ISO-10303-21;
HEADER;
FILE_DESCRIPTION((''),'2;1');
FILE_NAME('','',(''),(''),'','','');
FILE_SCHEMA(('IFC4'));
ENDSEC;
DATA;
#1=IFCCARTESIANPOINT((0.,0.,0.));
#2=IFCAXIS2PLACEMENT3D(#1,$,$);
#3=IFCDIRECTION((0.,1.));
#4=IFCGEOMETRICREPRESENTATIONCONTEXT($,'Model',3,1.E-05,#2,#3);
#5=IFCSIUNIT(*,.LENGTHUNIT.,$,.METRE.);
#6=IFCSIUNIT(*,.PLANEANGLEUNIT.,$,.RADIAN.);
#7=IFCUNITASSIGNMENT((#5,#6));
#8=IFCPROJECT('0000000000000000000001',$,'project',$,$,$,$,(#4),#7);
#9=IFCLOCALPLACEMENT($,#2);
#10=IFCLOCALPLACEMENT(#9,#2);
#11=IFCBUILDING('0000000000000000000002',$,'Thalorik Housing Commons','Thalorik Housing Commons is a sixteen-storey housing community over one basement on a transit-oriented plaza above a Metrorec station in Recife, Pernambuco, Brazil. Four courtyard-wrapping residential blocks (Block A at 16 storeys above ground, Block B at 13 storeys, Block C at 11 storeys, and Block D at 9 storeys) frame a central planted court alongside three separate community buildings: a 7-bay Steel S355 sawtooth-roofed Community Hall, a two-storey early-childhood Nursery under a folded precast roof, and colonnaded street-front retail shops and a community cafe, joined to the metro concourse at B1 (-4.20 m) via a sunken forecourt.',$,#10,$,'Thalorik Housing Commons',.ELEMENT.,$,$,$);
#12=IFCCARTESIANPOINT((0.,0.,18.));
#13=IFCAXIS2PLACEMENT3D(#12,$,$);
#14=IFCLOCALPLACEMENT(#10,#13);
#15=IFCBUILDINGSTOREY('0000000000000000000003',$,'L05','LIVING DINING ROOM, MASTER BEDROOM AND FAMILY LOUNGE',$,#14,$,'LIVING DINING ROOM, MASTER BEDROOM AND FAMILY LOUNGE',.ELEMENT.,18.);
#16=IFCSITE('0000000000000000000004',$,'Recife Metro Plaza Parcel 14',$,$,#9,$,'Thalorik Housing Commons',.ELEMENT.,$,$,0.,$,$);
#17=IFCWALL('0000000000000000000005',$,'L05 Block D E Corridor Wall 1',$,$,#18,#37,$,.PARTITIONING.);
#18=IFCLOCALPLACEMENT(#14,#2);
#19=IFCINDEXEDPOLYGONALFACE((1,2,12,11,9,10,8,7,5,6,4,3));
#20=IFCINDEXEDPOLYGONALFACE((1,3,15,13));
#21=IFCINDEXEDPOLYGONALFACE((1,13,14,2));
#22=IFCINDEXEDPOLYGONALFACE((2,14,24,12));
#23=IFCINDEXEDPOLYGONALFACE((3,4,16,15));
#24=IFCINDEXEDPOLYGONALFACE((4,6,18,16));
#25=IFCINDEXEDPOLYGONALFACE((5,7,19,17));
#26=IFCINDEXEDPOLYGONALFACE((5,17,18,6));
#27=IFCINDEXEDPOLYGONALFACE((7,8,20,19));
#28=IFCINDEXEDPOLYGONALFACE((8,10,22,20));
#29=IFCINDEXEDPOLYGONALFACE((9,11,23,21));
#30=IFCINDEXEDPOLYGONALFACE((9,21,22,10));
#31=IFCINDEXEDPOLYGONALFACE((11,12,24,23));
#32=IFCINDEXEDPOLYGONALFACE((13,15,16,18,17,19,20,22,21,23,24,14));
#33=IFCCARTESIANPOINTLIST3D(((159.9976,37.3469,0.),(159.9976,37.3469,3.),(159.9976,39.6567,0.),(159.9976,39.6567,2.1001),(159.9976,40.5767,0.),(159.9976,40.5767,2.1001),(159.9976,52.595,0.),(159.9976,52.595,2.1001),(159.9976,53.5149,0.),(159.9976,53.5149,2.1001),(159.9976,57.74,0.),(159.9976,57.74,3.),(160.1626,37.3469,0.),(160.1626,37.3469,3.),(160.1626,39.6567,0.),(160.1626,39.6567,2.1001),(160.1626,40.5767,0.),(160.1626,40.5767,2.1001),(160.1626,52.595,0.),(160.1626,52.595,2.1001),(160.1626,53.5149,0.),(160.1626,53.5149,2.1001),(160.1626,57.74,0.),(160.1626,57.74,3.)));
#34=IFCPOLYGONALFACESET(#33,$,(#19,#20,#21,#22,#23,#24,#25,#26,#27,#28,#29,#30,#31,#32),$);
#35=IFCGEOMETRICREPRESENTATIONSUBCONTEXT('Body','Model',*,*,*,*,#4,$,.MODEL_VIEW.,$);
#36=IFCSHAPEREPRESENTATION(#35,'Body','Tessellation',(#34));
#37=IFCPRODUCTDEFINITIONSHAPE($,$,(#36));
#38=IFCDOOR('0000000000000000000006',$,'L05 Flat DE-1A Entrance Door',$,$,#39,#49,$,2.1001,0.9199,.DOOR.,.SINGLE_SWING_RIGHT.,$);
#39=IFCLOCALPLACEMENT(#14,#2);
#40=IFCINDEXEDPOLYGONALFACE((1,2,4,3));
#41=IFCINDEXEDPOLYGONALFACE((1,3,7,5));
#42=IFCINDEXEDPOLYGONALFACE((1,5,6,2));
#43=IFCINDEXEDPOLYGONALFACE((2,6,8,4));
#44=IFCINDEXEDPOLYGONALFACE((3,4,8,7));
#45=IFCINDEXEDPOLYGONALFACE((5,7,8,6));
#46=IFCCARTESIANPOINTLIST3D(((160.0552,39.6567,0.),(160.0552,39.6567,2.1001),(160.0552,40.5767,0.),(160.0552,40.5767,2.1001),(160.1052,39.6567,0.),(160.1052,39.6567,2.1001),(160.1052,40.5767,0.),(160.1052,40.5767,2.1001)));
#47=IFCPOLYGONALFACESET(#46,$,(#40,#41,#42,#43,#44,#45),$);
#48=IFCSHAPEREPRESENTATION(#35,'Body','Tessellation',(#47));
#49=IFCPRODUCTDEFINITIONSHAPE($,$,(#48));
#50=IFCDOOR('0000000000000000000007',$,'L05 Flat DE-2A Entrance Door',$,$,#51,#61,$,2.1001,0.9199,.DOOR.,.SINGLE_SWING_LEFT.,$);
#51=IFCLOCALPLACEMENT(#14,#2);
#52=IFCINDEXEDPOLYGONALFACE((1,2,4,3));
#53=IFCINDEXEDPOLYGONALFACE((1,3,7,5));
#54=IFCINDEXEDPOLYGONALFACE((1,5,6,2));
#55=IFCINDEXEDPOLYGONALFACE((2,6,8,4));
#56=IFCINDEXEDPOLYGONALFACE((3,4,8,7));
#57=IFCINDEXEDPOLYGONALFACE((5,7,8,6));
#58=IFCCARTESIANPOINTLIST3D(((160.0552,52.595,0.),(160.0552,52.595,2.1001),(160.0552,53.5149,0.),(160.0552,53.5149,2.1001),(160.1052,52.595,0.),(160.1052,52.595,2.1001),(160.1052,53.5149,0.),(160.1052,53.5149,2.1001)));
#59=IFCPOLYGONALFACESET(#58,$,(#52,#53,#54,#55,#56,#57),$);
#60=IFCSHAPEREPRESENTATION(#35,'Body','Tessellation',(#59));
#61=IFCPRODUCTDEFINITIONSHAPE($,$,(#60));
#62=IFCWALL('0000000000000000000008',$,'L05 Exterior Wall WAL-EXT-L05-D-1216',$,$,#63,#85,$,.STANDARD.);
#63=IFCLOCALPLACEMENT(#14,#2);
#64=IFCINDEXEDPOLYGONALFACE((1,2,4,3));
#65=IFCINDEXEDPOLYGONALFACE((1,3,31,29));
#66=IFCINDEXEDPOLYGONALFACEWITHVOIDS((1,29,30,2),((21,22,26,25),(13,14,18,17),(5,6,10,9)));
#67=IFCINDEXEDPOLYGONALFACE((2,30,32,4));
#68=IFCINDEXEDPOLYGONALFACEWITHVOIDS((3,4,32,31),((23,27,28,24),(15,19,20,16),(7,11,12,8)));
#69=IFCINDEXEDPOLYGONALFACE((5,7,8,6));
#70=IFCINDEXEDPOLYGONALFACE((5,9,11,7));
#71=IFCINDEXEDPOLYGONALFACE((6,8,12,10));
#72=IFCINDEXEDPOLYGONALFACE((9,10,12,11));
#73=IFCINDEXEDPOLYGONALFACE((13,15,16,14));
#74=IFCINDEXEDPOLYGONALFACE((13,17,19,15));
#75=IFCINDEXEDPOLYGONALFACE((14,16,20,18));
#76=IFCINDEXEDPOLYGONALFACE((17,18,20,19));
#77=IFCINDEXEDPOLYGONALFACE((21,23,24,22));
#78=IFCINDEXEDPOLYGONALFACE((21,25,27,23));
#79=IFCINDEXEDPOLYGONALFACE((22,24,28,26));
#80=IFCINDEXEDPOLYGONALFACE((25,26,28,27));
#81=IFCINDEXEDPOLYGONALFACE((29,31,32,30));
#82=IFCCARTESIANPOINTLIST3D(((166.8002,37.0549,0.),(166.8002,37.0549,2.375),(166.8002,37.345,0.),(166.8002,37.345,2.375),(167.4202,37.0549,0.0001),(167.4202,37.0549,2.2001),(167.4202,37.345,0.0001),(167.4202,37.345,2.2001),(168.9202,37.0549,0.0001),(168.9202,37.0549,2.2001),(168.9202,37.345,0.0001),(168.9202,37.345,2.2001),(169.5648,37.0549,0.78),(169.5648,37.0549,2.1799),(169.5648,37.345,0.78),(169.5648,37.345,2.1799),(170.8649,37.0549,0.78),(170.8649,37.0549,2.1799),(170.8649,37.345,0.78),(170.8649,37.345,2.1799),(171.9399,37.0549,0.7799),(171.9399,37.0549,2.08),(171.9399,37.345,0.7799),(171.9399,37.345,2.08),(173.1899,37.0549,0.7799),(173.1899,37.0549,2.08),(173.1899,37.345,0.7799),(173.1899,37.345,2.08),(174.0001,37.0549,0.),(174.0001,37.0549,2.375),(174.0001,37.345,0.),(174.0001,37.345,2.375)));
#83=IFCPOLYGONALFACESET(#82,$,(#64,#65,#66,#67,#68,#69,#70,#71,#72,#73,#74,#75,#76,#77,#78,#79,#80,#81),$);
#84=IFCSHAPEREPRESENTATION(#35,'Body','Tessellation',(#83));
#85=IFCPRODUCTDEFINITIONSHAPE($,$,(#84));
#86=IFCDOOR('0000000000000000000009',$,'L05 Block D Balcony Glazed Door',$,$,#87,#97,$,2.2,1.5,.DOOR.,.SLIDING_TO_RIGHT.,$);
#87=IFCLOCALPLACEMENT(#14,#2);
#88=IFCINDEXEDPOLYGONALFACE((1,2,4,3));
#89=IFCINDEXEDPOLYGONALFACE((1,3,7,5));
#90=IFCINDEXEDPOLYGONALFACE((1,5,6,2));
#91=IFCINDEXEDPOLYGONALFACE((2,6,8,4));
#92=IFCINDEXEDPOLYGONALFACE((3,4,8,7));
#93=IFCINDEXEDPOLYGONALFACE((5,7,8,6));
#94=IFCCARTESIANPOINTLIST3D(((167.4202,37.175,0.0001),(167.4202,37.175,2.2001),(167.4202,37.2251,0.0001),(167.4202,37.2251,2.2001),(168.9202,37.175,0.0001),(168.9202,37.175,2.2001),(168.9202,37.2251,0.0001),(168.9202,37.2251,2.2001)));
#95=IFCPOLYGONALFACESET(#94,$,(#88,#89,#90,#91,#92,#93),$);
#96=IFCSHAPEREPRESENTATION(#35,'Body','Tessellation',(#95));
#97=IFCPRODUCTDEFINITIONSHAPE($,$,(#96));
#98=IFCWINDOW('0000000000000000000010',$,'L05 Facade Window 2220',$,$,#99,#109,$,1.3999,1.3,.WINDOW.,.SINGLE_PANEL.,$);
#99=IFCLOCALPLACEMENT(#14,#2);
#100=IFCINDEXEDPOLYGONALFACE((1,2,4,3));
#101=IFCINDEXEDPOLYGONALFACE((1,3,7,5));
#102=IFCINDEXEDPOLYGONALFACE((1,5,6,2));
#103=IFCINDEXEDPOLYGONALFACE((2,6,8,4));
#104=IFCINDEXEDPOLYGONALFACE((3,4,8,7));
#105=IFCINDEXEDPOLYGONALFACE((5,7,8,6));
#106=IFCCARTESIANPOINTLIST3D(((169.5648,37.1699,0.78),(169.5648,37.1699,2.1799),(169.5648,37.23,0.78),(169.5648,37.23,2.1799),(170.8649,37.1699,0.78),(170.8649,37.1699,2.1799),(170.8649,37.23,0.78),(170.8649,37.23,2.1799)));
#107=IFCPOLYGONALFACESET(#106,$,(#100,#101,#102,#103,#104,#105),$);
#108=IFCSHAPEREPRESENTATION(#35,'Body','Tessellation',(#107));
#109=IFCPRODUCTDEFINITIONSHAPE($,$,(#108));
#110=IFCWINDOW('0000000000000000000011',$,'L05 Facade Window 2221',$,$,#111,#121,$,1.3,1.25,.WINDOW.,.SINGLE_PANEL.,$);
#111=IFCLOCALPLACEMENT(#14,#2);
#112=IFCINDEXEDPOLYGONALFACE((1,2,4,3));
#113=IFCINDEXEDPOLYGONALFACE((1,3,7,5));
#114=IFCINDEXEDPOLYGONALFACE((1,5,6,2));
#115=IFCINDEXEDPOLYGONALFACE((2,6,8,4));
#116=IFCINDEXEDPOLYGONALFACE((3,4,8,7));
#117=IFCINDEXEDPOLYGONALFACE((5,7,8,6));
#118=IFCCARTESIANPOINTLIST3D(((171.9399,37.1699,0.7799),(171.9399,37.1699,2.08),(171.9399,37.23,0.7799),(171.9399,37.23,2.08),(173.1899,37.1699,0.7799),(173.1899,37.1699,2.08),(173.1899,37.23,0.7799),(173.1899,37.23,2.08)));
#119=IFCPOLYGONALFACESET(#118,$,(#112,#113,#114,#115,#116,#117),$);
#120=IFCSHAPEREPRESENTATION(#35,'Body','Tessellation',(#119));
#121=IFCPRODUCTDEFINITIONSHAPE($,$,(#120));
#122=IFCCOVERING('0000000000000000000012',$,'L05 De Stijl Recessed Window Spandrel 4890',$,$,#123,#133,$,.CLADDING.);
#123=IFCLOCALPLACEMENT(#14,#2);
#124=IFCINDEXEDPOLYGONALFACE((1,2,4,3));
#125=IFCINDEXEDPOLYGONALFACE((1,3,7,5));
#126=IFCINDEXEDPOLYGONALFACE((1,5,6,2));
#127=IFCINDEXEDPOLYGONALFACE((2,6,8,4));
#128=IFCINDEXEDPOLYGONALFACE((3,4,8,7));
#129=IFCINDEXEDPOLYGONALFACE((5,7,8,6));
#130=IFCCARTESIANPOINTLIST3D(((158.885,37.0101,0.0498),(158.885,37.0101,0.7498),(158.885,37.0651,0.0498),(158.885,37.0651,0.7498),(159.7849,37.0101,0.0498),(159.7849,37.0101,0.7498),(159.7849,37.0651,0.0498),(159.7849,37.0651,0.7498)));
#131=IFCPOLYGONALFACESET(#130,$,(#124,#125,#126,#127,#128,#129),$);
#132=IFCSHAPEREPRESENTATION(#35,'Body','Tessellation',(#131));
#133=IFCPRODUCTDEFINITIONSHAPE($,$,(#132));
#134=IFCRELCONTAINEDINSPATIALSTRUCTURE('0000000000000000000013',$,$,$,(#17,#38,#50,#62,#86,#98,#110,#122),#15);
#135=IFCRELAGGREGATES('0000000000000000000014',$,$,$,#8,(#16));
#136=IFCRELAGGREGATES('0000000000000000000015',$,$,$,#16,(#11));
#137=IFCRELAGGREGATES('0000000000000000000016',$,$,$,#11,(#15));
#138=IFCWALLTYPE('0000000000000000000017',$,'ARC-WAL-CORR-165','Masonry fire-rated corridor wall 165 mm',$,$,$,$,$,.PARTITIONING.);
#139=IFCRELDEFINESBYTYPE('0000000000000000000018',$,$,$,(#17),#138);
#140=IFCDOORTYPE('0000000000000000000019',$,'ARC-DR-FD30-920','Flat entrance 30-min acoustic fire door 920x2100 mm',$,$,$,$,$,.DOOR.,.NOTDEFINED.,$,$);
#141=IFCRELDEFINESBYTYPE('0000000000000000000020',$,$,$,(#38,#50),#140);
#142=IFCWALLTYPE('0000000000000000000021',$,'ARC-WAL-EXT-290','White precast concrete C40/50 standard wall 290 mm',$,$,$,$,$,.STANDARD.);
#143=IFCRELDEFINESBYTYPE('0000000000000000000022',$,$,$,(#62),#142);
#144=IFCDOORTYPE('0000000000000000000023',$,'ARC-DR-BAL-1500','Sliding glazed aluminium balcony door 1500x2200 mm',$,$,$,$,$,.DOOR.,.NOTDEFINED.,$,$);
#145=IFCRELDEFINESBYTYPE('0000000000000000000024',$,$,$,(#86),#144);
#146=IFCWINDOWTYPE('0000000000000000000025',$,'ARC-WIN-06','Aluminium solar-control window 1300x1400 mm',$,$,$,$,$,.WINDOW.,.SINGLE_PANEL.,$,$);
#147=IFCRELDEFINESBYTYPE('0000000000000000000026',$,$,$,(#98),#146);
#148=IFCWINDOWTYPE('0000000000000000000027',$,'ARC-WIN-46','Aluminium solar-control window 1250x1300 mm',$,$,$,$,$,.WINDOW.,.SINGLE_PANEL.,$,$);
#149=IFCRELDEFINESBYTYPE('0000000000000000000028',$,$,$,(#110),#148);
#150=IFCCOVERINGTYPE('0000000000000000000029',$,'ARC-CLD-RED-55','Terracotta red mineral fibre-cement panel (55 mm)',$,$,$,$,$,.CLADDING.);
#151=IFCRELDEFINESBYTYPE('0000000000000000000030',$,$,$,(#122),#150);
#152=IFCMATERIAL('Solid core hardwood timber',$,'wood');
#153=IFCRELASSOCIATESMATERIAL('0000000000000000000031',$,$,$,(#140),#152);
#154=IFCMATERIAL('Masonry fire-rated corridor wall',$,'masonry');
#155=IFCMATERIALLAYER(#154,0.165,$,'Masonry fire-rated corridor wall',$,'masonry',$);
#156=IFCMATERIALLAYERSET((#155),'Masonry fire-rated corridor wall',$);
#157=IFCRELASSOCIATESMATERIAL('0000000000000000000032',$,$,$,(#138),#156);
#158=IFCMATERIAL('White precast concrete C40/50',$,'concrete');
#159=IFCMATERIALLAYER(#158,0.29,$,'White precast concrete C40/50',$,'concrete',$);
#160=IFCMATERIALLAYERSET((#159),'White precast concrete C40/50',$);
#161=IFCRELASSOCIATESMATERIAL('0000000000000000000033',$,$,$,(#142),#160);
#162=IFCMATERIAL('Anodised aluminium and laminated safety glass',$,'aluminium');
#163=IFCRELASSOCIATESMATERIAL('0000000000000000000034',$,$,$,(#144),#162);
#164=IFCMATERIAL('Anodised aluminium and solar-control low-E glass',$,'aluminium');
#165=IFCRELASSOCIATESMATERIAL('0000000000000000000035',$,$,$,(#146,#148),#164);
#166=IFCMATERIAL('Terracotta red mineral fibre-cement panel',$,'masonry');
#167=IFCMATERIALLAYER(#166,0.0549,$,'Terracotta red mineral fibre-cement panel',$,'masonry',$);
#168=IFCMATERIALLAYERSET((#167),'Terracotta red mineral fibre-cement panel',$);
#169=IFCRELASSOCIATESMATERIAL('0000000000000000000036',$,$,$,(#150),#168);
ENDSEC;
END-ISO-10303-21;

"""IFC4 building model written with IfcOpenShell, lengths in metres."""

from ifc_helpers import new_model, si_unit, direction, frame, frame_2d, origin, origin_2d, place, context, subcontext, project, spatial, rectangle, extrude, material, layer, layer_set, type_object, element, fill, save


model = new_model("IFC4")

# Units and contexts
model_context = context("Model", 3, precision=1e-05, world=origin(), true_north=direction((0.0, 1.0)))
body_context = subcontext(model_context, "Body", "Model", "MODEL_VIEW")
ifc_project = project(units=[si_unit("LENGTHUNIT", "METRE"), si_unit("PLANEANGLEUNIT", "RADIAN")], contexts=[model_context])

# Site, building, storey
site_placement = place(None, origin())
site = spatial("IfcSite", under=ifc_project, at=site_placement, Name="Recife Metro Plaza Parcel 14", LongName="Thalorik Housing Commons", CompositionType="ELEMENT", RefElevation=0.0)
building_placement = place(site_placement, origin())
building = spatial("IfcBuilding", under=site, at=building_placement, Name="Thalorik Housing Commons", Description="Thalorik Housing Commons is a sixteen-storey housing community over one basement on a transit-oriented plaza above a Metrorec station in Recife, Pernambuco, Brazil. Four courtyard-wrapping residential blocks (Block A at 16 storeys above ground, Block B at 13 storeys, Block C at 11 storeys, and Block D at 9 storeys) frame a central planted court alongside three separate community buildings: a 7-bay Steel S355 sawtooth-roofed Community Hall, a two-storey early-childhood Nursery under a folded precast roof, and colonnaded street-front retail shops and a community cafe, joined to the metro concourse at B1 (-4.20 m) via a sunken forecourt.", LongName="Thalorik Housing Commons", CompositionType="ELEMENT")
storey_placement = place(building_placement, frame((0.0, 0.0, 18.0)))
storey = spatial("IfcBuildingStorey", under=building, at=storey_placement, Name="L05", Description="LIVING DINING ROOM, MASTER BEDROOM AND FAMILY LOUNGE", LongName="LIVING DINING ROOM, MASTER BEDROOM AND FAMILY LOUNGE", CompositionType="ELEMENT", Elevation=18.0)

# Wall, openings, doors
ifc_material_1 = material(Name="Masonry fire-rated corridor wall", Category="masonry")
ifc_material_2 = material(Name="Solid core hardwood timber", Category="wood")
door_type_1 = type_object("IfcDoorType", Name="ARC-DR-FD30-920", Description="Flat entrance 30-min acoustic fire door 920x2100 mm", OperationType="NOTDEFINED", PredefinedType="DOOR", material=ifc_material_2)
ifc_layer_1 = layer(ifc_material_1, 0.165, Name="Masonry fire-rated corridor wall", Category="masonry")
ifc_layer_set_1 = layer_set([ifc_layer_1], Name="Masonry fire-rated corridor wall")
wall_type_1 = type_object("IfcWallType", Name="ARC-WAL-CORR-165", Description="Masonry fire-rated corridor wall 165 mm", PredefinedType="PARTITIONING", material=ifc_layer_set_1)
wall_1_placement = place(storey_placement, frame((160.0801, 37.3469, 0.0), z_axis=(0.0, 0.0, 1.0), x_axis=(0.0, 1.0, 0.0)))
wall_1 = element("IfcWall", 1, at=wall_1_placement, inside=storey, type_object=wall_type_1, Name="L05 Block D E Corridor Wall 1", PredefinedType="PARTITIONING", context=body_context, shape_type="SweptSolid", body=[
    extrude(rectangle(XDim=20.3931, YDim=0.165, at=frame_2d((10.1965, 0.0))), origin(), (0.0, 0.0, 1.0), 3.0),
])
opening_1_placement = place(wall_1_placement, frame((2.3098, 0.0, 0.0)))
opening_1 = element("IfcOpeningElement", 2, at=opening_1_placement, cuts=wall_1, PredefinedType="OPENING", context=body_context, shape_type="SweptSolid", body=[
    extrude(rectangle(XDim=0.9199, YDim=2.1001, at=frame_2d((0.46, 1.05))), frame((0.0, 0.0925, 0.0), z_axis=(0.0, -1.0, 0.0), x_axis=(1.0, 0.0, 0.0)), (0.0, 0.0, 1.0), 0.1851),
])
opening_2_placement = place(wall_1_placement, frame((15.248, 0.0, 0.0)))
opening_2 = element("IfcOpeningElement", 3, at=opening_2_placement, cuts=wall_1, PredefinedType="OPENING", context=body_context, shape_type="SweptSolid", body=[
    extrude(rectangle(XDim=0.9199, YDim=2.1001, at=frame_2d((0.46, 1.05))), frame((0.0, 0.0925, 0.0), z_axis=(0.0, -1.0, 0.0), x_axis=(1.0, 0.0, 0.0)), (0.0, 0.0, 1.0), 0.1851),
])
door_1_placement = place(opening_1_placement, origin())
door_1 = element("IfcDoor", 4, at=door_1_placement, inside=storey, type_object=door_type_1, Name="L05 Flat DE-1A Entrance Door", OperationType="SINGLE_SWING_RIGHT", OverallHeight=2.1001, OverallWidth=0.9199, PredefinedType="DOOR", context=body_context, shape_type="SweptSolid", body=[
    extrude(rectangle(XDim=0.9199, YDim=2.1001, at=frame_2d((0.46, 1.05))), frame((0.0, 0.0249, 0.0), z_axis=(0.0, -1.0, 0.0), x_axis=(1.0, 0.0, 0.0)), (0.0, 0.0, 1.0), 0.05),
])
fill(opening_1, door_1)
door_2_placement = place(opening_2_placement, origin())
door_2 = element("IfcDoor", 5, at=door_2_placement, inside=storey, type_object=door_type_1, Name="L05 Flat DE-2A Entrance Door", OperationType="SINGLE_SWING_LEFT", OverallHeight=2.1001, OverallWidth=0.9199, PredefinedType="DOOR", context=body_context, shape_type="SweptSolid", body=[
    extrude(rectangle(XDim=0.9199, YDim=2.1001, at=frame_2d((0.46, 1.05))), frame((0.0, 0.0249, 0.0), z_axis=(0.0, -1.0, 0.0), x_axis=(1.0, 0.0, 0.0)), (0.0, 0.0, 1.0), 0.05),
])
fill(opening_2, door_2)

# Wall, openings, door, windows
ifc_material_3 = material(Name="White precast concrete C40/50", Category="concrete")
ifc_layer_2 = layer(ifc_material_3, 0.29, Name="White precast concrete C40/50", Category="concrete")
ifc_layer_set_2 = layer_set([ifc_layer_2], Name="White precast concrete C40/50")
wall_type_2 = type_object("IfcWallType", Name="ARC-WAL-EXT-290", Description="White precast concrete C40/50 standard wall 290 mm", PredefinedType="STANDARD", material=ifc_layer_set_2)
wall_2_placement = place(storey_placement, frame((166.8, 37.2, 0.0), z_axis=(0.0, 0.0, 1.0), x_axis=(1.0, 0.0, 0.0)))
wall_2 = element("IfcWall", 6, at=wall_2_placement, inside=storey, type_object=wall_type_2, Name="L05 Exterior Wall WAL-EXT-L05-D-1216", PredefinedType="STANDARD", context=body_context, shape_type="SweptSolid", body=[
    extrude(rectangle(XDim=7.2, YDim=0.29, at=frame_2d((3.6001, 0.0))), origin(), (0.0, 0.0, 1.0), 2.375),
])
opening_3_placement = place(wall_2_placement, frame((0.6201, 0.0, 0.0)))
opening_3 = element("IfcOpeningElement", 7, at=opening_3_placement, cuts=wall_2, PredefinedType="OPENING", context=body_context, shape_type="SweptSolid", body=[
    extrude(rectangle(XDim=1.5, YDim=2.2, at=frame_2d((0.75, 1.1001))), frame((0.0, 0.155, 0.0), z_axis=(0.0, -1.0, 0.0), x_axis=(1.0, 0.0, 0.0)), (0.0, 0.0, 1.0), 0.3101),
])
opening_4_placement = place(wall_2_placement, frame((2.7649, 0.0, 0.78)))
opening_4 = element("IfcOpeningElement", 8, at=opening_4_placement, cuts=wall_2, PredefinedType="OPENING", context=body_context, shape_type="SweptSolid", body=[
    extrude(rectangle(XDim=1.3, YDim=1.3999, at=frame_2d((0.6499, 0.7))), frame((0.0, 0.155, 0.0), z_axis=(0.0, -1.0, 0.0), x_axis=(1.0, 0.0, 0.0)), (0.0, 0.0, 1.0), 0.3101),
])
opening_5_placement = place(wall_2_placement, frame((5.1399, 0.0, 0.78)))
opening_5 = element("IfcOpeningElement", 9, at=opening_5_placement, cuts=wall_2, PredefinedType="OPENING", context=body_context, shape_type="SweptSolid", body=[
    extrude(rectangle(XDim=1.25, YDim=1.3, at=frame_2d((0.625, 0.6499))), frame((0.0, 0.155, 0.0), z_axis=(0.0, -1.0, 0.0), x_axis=(1.0, 0.0, 0.0)), (0.0, 0.0, 1.0), 0.3101),
])
ifc_material_4 = material(Name="Anodised aluminium and laminated safety glass", Category="aluminium")
door_type_2 = type_object("IfcDoorType", Name="ARC-DR-BAL-1500", Description="Sliding glazed aluminium balcony door 1500x2200 mm", OperationType="NOTDEFINED", PredefinedType="DOOR", material=ifc_material_4)
door_3_placement = place(opening_3_placement, frame((1.5, 0.0, 0.0), z_axis=(0.0, 0.0, 1.0), x_axis=(-1.0, 0.0, 0.0)))
door_3 = element("IfcDoor", 10, at=door_3_placement, inside=storey, type_object=door_type_2, Name="L05 Block D Balcony Glazed Door", OperationType="SLIDING_TO_RIGHT", OverallHeight=2.2, OverallWidth=1.5, PredefinedType="DOOR", context=body_context, shape_type="SweptSolid", body=[
    extrude(rectangle(XDim=1.5, YDim=2.2, at=frame_2d((0.75, 1.1001))), frame((0.0, 0.0249, 0.0), z_axis=(0.0, -1.0, 0.0), x_axis=(1.0, 0.0, 0.0)), (0.0, 0.0, 1.0), 0.05),
])
fill(opening_3, door_3)
ifc_material_5 = material(Name="Anodised aluminium and solar-control low-E glass", Category="aluminium")
window_type_1 = type_object("IfcWindowType", Name="ARC-WIN-06", Description="Aluminium solar-control window 1300x1400 mm", PartitioningType="SINGLE_PANEL", PredefinedType="WINDOW", material=ifc_material_5)
window_1_placement = place(opening_4_placement, origin())
window_1 = element("IfcWindow", 11, at=window_1_placement, inside=storey, type_object=window_type_1, Name="L05 Facade Window 2220", OverallHeight=1.3999, OverallWidth=1.3, PartitioningType="SINGLE_PANEL", PredefinedType="WINDOW", context=body_context, shape_type="SweptSolid", body=[
    extrude(rectangle(XDim=1.3, YDim=1.3999, at=frame_2d((0.6499, 0.7))), frame((0.0, 0.03, 0.0), z_axis=(0.0, -1.0, 0.0), x_axis=(1.0, 0.0, 0.0)), (0.0, 0.0, 1.0), 0.0601),
])
fill(opening_4, window_1)
window_type_2 = type_object("IfcWindowType", Name="ARC-WIN-46", Description="Aluminium solar-control window 1250x1300 mm", PartitioningType="SINGLE_PANEL", PredefinedType="WINDOW", material=ifc_material_5)
window_2_placement = place(opening_5_placement, origin())
window_2 = element("IfcWindow", 12, at=window_2_placement, inside=storey, type_object=window_type_2, Name="L05 Facade Window 2221", OverallHeight=1.3, OverallWidth=1.25, PartitioningType="SINGLE_PANEL", PredefinedType="WINDOW", context=body_context, shape_type="SweptSolid", body=[
    extrude(rectangle(XDim=1.25, YDim=1.3, at=frame_2d((0.625, 0.6499))), frame((0.0, 0.03, 0.0), z_axis=(0.0, -1.0, 0.0), x_axis=(1.0, 0.0, 0.0)), (0.0, 0.0, 1.0), 0.0601),
])
fill(opening_5, window_2)

# Covering
ifc_material_6 = material(Name="Terracotta red mineral fibre-cement panel", Category="masonry")
ifc_layer_3 = layer(ifc_material_6, 0.0549, Name="Terracotta red mineral fibre-cement panel", Category="masonry")
ifc_layer_set_3 = layer_set([ifc_layer_3], Name="Terracotta red mineral fibre-cement panel")
covering_type_1 = type_object("IfcCoveringType", Name="ARC-CLD-RED-55", Description="Terracotta red mineral fibre-cement panel (55 mm)", PredefinedType="CLADDING", material=ifc_layer_set_3)
covering_1_placement = place(storey_placement, frame((159.335, 37.0376, 0.0498), z_axis=(0.0, 0.0, 1.0), x_axis=(1.0, 0.0, 0.0)))
element("IfcCovering", 13, at=covering_1_placement, inside=storey, type_object=covering_type_1, Name="L05 De Stijl Recessed Window Spandrel 4890", PredefinedType="CLADDING", context=body_context, shape_type="SweptSolid", body=[
    extrude(rectangle(XDim=0.8999, YDim=0.0549, at=origin_2d()), origin(), (0.0, 0.0, 1.0), 0.7),
])

save(model, "model.ifc")
